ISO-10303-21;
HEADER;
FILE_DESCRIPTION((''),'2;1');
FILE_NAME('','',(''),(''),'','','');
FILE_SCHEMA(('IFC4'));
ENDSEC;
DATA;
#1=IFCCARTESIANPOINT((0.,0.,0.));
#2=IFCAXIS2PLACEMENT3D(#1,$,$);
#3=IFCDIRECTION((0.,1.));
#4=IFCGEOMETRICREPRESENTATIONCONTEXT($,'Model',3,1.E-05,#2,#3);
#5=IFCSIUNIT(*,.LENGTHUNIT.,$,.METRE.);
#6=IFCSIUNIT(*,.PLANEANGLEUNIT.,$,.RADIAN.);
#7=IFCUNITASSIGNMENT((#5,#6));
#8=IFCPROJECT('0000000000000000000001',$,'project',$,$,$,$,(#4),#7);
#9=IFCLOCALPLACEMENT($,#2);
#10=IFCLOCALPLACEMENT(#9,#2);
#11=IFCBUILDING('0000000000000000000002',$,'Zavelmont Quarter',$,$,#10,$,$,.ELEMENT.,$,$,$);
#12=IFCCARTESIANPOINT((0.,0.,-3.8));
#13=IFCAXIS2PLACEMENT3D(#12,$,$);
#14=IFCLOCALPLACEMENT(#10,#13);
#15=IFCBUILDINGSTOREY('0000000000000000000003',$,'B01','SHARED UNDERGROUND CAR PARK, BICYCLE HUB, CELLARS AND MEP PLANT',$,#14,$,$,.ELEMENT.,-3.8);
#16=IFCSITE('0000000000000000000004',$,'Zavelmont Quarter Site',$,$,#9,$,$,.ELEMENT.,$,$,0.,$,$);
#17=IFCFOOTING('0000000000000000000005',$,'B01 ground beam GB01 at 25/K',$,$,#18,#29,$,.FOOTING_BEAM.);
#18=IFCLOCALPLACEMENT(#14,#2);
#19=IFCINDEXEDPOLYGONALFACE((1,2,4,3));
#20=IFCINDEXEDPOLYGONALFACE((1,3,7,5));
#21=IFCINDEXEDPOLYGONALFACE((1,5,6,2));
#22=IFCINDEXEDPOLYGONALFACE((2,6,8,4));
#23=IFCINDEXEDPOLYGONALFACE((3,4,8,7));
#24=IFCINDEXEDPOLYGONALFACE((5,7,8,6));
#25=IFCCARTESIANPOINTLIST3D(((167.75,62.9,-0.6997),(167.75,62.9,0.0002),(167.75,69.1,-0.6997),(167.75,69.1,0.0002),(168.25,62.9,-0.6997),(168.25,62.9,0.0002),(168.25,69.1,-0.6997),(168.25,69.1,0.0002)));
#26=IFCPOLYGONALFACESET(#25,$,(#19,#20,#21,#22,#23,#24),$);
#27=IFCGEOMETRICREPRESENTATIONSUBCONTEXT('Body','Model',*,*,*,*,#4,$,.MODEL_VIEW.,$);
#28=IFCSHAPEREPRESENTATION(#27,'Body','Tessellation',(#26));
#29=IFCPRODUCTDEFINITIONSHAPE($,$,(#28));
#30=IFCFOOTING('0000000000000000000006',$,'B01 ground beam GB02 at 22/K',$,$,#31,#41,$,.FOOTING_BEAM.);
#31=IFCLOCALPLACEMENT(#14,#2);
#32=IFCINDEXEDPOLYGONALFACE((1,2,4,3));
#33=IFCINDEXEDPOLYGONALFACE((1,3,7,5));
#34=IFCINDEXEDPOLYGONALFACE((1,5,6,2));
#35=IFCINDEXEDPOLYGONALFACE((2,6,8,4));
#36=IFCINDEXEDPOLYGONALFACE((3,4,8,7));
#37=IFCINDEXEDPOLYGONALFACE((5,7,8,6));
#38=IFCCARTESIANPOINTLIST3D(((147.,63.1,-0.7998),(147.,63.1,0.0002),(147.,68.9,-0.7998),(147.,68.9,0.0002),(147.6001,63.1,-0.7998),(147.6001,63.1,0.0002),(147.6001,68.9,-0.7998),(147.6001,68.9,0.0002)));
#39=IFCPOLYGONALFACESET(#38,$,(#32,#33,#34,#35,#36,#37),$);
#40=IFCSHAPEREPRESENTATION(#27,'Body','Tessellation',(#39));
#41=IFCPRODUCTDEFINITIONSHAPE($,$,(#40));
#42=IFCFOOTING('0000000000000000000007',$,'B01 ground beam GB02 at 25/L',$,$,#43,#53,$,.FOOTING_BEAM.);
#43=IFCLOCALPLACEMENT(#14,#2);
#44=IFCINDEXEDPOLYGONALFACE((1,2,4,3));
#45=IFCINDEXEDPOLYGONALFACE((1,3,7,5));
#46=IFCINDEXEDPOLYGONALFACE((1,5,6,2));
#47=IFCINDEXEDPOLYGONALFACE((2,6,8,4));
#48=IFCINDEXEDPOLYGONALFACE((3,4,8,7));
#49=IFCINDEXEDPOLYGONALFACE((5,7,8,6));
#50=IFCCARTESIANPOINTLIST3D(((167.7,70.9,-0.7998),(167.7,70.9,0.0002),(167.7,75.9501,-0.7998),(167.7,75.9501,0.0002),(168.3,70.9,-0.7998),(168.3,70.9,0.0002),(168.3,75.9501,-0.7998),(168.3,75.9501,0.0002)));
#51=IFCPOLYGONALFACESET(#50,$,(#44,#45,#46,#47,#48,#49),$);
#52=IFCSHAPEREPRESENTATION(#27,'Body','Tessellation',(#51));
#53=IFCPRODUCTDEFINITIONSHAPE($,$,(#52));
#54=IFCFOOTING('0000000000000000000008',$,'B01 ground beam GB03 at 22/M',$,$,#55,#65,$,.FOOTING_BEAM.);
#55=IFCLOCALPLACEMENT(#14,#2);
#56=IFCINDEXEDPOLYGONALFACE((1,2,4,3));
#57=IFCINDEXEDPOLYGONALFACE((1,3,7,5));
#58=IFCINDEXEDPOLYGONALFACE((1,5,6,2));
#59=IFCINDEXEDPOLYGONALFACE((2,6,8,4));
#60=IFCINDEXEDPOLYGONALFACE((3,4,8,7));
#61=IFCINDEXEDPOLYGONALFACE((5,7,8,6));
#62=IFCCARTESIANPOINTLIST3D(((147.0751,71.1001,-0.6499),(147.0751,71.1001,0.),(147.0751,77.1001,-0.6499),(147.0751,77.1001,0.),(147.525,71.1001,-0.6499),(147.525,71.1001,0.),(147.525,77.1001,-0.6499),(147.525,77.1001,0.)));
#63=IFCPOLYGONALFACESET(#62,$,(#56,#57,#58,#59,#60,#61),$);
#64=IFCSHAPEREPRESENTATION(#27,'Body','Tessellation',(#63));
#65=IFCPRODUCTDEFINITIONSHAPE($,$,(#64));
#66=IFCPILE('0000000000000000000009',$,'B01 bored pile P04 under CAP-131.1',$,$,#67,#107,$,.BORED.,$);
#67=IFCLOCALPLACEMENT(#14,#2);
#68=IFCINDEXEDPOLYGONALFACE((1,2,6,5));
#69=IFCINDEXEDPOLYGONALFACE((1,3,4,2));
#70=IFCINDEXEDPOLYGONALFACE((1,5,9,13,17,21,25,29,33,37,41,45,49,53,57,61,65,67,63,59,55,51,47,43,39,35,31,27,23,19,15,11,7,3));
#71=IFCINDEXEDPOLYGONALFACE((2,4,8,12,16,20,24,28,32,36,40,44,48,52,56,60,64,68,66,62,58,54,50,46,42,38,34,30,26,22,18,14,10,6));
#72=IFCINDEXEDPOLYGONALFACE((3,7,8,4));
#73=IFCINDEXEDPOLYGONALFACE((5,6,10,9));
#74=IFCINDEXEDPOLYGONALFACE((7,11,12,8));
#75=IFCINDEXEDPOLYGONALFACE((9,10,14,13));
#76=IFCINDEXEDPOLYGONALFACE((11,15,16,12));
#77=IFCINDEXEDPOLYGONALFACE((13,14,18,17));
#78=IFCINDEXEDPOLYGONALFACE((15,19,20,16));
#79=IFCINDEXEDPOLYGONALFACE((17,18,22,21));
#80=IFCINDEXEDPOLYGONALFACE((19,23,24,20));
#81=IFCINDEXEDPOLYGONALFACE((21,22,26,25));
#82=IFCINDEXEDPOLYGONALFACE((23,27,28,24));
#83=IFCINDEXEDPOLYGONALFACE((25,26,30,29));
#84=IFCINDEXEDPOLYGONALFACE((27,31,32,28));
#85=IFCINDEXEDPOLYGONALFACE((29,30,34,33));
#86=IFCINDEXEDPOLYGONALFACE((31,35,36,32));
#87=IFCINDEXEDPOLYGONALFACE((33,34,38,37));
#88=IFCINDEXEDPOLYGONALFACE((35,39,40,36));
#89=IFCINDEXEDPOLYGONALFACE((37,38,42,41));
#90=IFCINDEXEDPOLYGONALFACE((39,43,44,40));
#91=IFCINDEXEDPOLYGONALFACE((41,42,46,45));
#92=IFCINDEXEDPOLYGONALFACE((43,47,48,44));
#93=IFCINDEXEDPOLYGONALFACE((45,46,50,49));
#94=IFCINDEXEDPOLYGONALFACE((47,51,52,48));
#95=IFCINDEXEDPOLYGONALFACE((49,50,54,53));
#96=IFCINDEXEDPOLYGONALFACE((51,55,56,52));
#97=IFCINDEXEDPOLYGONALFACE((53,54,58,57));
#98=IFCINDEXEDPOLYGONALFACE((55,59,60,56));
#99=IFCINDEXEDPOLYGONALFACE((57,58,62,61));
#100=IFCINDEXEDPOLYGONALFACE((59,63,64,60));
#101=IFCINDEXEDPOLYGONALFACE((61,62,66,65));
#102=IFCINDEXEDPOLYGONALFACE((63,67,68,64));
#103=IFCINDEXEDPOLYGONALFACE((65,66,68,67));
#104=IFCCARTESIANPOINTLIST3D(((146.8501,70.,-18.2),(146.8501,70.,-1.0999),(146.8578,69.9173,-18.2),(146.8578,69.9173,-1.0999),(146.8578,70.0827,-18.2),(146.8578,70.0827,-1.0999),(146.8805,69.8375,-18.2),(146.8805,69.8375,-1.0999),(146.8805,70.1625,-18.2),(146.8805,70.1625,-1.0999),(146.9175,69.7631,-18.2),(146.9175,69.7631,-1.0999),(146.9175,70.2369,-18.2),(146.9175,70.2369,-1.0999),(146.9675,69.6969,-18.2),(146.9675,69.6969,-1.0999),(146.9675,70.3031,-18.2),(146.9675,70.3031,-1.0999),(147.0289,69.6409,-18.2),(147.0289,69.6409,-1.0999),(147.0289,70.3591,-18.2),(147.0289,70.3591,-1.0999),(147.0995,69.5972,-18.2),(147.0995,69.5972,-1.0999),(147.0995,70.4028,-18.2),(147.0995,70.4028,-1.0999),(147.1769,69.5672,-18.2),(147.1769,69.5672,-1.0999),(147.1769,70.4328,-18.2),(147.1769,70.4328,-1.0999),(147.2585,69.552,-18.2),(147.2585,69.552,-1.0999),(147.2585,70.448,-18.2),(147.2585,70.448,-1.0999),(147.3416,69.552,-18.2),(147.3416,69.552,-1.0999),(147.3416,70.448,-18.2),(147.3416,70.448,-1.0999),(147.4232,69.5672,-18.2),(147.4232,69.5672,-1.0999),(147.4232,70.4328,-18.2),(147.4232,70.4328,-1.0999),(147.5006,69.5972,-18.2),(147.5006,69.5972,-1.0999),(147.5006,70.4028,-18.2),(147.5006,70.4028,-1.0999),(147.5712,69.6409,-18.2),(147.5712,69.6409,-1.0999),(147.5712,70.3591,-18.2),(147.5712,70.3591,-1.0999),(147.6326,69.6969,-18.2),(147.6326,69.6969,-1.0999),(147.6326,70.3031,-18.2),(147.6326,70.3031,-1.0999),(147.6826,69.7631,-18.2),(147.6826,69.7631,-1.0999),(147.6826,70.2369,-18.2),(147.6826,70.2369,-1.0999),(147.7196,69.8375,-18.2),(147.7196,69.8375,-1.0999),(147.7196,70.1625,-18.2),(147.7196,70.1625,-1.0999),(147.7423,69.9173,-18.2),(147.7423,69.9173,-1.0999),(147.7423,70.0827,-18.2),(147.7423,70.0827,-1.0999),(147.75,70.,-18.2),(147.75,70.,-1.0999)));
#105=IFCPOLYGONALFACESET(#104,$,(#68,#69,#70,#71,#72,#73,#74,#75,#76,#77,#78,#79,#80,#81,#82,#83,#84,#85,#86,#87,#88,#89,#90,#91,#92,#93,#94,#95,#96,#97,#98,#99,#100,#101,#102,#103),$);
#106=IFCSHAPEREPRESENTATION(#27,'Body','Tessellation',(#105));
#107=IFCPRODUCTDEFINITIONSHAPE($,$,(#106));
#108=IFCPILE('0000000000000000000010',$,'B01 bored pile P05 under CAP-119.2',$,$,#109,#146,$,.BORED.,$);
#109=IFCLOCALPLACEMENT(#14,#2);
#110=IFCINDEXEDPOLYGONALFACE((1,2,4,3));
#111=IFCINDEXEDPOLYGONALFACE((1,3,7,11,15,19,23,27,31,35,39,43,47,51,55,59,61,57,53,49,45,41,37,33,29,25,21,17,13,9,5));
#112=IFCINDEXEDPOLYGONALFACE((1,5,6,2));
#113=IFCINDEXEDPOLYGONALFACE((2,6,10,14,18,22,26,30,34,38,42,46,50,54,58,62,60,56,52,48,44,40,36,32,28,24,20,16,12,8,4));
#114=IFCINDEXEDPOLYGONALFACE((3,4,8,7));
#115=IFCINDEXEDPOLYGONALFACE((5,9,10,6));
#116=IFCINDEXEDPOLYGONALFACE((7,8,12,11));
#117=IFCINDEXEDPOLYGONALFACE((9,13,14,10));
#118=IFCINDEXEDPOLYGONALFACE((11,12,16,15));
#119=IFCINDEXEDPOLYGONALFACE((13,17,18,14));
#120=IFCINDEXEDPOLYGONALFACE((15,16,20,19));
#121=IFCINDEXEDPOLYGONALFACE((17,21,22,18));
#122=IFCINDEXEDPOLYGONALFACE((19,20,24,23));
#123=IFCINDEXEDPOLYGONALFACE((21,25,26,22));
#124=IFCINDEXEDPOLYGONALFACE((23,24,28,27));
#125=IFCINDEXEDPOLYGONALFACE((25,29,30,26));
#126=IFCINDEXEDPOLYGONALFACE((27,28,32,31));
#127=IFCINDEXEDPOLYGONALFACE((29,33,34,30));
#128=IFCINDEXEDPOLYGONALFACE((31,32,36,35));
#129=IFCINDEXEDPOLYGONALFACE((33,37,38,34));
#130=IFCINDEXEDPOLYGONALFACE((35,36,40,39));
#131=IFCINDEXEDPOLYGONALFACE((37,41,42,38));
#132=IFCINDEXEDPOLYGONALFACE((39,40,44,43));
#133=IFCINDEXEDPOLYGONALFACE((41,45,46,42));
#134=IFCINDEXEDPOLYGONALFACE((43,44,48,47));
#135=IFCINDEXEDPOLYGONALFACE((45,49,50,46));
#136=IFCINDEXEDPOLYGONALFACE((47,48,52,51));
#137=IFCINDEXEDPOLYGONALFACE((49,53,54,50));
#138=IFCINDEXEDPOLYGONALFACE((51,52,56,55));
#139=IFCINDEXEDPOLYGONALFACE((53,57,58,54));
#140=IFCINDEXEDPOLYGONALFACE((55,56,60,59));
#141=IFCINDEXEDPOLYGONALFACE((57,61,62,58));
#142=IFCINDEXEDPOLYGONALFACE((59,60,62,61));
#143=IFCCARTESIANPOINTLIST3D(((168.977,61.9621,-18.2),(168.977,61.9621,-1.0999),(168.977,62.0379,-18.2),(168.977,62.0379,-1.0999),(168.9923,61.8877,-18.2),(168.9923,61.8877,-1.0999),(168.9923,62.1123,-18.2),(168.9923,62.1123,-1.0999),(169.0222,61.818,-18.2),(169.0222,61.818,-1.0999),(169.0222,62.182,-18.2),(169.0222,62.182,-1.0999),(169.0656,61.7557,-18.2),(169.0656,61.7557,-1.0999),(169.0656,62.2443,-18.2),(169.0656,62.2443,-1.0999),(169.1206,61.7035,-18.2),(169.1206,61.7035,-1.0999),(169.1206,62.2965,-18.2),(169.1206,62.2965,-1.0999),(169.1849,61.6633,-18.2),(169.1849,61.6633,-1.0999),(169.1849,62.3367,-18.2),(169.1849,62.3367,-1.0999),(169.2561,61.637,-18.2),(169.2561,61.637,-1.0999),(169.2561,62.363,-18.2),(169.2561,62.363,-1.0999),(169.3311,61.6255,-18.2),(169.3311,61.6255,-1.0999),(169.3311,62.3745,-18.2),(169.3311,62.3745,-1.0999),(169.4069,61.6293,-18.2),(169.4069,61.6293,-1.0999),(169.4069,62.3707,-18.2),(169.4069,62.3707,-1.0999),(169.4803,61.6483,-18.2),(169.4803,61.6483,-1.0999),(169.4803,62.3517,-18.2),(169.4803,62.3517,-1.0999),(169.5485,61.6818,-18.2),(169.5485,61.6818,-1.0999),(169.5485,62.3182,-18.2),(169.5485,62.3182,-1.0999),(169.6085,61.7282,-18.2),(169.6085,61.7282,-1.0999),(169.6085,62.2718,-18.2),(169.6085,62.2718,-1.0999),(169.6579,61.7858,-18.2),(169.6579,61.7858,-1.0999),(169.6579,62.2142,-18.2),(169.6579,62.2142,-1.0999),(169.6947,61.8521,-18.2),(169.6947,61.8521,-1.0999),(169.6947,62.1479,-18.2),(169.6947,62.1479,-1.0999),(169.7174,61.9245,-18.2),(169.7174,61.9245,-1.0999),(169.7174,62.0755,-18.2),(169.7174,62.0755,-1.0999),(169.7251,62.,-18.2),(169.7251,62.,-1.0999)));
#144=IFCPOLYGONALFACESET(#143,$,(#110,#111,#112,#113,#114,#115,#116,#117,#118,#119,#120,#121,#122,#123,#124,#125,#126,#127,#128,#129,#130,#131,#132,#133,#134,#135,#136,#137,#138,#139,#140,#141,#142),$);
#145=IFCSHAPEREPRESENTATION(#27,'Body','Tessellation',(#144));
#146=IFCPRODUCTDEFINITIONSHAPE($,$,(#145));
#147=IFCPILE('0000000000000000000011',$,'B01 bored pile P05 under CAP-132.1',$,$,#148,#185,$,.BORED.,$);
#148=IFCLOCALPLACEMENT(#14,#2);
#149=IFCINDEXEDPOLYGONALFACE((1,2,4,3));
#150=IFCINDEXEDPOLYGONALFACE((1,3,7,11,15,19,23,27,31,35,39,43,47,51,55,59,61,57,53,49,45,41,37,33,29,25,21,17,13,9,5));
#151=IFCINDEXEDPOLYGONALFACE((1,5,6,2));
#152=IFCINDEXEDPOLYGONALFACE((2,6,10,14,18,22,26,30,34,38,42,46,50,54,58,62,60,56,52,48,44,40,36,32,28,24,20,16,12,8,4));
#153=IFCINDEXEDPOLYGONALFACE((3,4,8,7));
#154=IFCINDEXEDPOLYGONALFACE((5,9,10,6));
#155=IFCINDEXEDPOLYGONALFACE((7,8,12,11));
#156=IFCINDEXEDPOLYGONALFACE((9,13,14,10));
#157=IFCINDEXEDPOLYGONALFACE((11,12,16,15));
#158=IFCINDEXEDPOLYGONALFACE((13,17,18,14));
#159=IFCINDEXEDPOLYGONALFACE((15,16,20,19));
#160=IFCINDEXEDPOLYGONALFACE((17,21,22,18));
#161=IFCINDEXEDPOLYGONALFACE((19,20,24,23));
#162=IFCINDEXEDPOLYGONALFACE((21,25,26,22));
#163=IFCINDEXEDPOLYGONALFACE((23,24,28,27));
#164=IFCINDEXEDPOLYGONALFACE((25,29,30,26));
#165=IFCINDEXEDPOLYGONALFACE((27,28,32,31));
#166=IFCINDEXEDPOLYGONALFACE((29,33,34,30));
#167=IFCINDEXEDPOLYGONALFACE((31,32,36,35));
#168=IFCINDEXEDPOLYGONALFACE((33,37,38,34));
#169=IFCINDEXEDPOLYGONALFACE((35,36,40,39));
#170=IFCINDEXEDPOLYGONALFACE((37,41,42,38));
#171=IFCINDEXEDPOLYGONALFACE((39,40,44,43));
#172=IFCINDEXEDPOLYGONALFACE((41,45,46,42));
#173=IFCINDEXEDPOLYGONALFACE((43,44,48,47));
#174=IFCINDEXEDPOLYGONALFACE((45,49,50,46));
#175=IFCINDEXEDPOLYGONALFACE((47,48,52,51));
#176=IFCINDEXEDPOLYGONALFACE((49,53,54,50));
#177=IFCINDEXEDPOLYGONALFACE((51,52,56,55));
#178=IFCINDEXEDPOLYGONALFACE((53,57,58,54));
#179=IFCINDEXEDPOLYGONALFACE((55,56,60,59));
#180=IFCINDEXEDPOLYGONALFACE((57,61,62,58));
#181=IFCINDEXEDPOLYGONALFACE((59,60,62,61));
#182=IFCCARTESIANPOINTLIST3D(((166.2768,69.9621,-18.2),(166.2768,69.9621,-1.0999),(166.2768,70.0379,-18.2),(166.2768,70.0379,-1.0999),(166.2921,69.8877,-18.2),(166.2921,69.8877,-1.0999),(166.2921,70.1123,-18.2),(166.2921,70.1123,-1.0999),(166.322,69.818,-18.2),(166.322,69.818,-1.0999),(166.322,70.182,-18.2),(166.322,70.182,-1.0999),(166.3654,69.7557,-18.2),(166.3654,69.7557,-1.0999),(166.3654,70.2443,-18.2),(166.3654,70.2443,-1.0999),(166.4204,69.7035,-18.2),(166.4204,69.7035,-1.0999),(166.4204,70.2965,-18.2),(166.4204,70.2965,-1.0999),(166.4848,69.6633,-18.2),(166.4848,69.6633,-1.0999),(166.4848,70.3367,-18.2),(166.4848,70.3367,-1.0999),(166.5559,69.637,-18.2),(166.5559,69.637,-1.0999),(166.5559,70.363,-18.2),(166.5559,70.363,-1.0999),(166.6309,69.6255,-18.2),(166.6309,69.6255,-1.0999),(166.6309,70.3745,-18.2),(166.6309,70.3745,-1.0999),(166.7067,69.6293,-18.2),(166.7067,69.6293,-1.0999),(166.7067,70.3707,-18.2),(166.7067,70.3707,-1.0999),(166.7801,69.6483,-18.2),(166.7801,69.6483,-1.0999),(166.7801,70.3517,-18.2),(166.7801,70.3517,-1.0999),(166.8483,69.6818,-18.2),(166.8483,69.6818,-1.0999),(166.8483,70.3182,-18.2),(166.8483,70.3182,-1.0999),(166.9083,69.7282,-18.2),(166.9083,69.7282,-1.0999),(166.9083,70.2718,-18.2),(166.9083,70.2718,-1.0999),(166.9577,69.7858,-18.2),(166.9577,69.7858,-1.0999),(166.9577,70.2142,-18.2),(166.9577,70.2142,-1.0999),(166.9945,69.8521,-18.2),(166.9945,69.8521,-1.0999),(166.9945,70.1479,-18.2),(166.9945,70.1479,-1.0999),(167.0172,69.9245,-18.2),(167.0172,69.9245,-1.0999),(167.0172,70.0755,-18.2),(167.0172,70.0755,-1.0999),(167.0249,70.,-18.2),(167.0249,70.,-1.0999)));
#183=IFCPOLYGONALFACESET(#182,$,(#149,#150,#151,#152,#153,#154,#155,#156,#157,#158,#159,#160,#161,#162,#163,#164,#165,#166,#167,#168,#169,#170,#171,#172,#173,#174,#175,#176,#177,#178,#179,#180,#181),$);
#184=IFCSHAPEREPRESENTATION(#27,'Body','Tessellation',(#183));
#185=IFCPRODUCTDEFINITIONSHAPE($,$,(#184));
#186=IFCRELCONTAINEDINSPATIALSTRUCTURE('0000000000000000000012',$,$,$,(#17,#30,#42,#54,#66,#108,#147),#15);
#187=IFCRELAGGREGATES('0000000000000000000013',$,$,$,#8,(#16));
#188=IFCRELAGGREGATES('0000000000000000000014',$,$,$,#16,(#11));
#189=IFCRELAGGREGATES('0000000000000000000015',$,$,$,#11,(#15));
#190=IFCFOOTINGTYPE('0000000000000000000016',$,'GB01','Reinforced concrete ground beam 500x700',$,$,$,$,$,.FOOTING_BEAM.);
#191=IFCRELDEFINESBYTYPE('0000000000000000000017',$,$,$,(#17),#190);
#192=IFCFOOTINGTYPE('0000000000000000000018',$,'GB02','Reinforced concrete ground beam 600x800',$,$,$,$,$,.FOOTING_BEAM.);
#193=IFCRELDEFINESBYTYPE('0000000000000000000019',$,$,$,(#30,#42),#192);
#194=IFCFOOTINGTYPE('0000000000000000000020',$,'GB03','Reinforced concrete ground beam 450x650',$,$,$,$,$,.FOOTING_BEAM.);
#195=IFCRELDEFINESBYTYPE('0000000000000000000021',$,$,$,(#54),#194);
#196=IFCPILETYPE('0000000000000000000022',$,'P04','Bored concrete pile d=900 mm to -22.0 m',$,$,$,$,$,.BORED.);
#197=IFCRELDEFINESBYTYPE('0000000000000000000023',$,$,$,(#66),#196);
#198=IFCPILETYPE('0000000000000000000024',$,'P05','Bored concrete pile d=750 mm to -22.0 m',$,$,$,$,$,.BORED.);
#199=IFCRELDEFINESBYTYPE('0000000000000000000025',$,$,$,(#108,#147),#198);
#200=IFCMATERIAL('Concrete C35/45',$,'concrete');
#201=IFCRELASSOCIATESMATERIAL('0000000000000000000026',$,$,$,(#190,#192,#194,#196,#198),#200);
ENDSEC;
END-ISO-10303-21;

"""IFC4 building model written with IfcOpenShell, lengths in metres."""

from ifc_helpers import new_model, si_unit, direction, frame, origin, origin_2d, place, context, subcontext, project, spatial, rectangle, circle, extrude, material, material_profile, profile_set, type_object, element, save


model = new_model("IFC4")

# Units and contexts
model_context = context("Model", 3, precision=1e-05, world=origin(), true_north=direction((0.0, 1.0)))
body_context = subcontext(model_context, "Body", "Model", "MODEL_VIEW")
ifc_project = project(units=[si_unit("LENGTHUNIT", "METRE"), si_unit("PLANEANGLEUNIT", "RADIAN")], contexts=[model_context])

# Site, building, storey
site_placement = place(None, origin())
site = spatial("IfcSite", under=ifc_project, at=site_placement, Name="Zavelmont Quarter Site", CompositionType="ELEMENT", RefElevation=0.0)
building_placement = place(site_placement, origin())
building = spatial("IfcBuilding", under=site, at=building_placement, Name="Zavelmont Quarter", CompositionType="ELEMENT")
storey_placement = place(building_placement, frame((0.0, 0.0, -3.8)))
storey = spatial("IfcBuildingStorey", under=building, at=storey_placement, Name="B01", Description="SHARED UNDERGROUND CAR PARK, BICYCLE HUB, CELLARS AND MEP PLANT", CompositionType="ELEMENT", Elevation=-3.8)

# Footings
ifc_material_1 = material(Name="Concrete C35/45", Category="concrete")
footing_type_1 = type_object("IfcFootingType", Name="GB01", Description="Reinforced concrete ground beam 500x700", PredefinedType="FOOTING_BEAM", material=ifc_material_1)
footing_1_placement = place(storey_placement, frame((168.0, 66.0, -0.6997), z_axis=(0.0, 0.0, 1.0), x_axis=(0.0, 1.0, 0.0)))
element("IfcFooting", 1, at=footing_1_placement, inside=storey, type_object=footing_type_1, Name="B01 ground beam GB01 at 25/K", PredefinedType="FOOTING_BEAM", context=body_context, shape_type="SweptSolid", body=[
    extrude(rectangle(XDim=6.2, YDim=0.5, at=origin_2d()), origin(), (0.0, 0.0, 1.0), 0.7),
])
footing_type_2 = type_object("IfcFootingType", Name="GB02", Description="Reinforced concrete ground beam 600x800", PredefinedType="FOOTING_BEAM", material=ifc_material_1)
footing_2_placement = place(storey_placement, frame((147.3, 66.0, -0.7998), z_axis=(0.0, 0.0, 1.0), x_axis=(0.0, 1.0, 0.0)))
element("IfcFooting", 2, at=footing_2_placement, inside=storey, type_object=footing_type_2, Name="B01 ground beam GB02 at 22/K", PredefinedType="FOOTING_BEAM", context=body_context, shape_type="SweptSolid", body=[
    extrude(rectangle(XDim=5.8, YDim=0.6001, at=origin_2d()), origin(), (0.0, 0.0, 1.0), 0.8),
])
footing_3_placement = place(storey_placement, frame((168.0, 73.425, -0.7998), z_axis=(0.0, 0.0, 1.0), x_axis=(0.0, 1.0, 0.0)))
element("IfcFooting", 3, at=footing_3_placement, inside=storey, type_object=footing_type_2, Name="B01 ground beam GB02 at 25/L", PredefinedType="FOOTING_BEAM", context=body_context, shape_type="SweptSolid", body=[
    extrude(rectangle(XDim=5.05, YDim=0.6001, at=origin_2d()), origin(), (0.0, 0.0, 1.0), 0.8),
])
footing_type_3 = type_object("IfcFootingType", Name="GB03", Description="Reinforced concrete ground beam 450x650", PredefinedType="FOOTING_BEAM", material=ifc_material_1)
footing_4_placement = place(storey_placement, frame((147.3, 74.1001, -0.6499), z_axis=(0.0, 0.0, 1.0), x_axis=(0.0, 1.0, 0.0)))
element("IfcFooting", 4, at=footing_4_placement, inside=storey, type_object=footing_type_3, Name="B01 ground beam GB03 at 22/M", PredefinedType="FOOTING_BEAM", context=body_context, shape_type="SweptSolid", body=[
    extrude(rectangle(XDim=6.0, YDim=0.45, at=origin_2d()), origin(), (0.0, 0.0, 1.0), 0.6499),
])

# Piles
ifc_material_profile_1 = material_profile(ifc_material_1, circle(Radius=0.45, at=origin_2d()), Name="BP900")
ifc_profile_set_1 = profile_set([ifc_material_profile_1], Name="Concrete C35/45")
pile_type_1 = type_object("IfcPileType", Name="P04", Description="Bored concrete pile d=900 mm to -22.0 m", PredefinedType="BORED", material=ifc_profile_set_1)
pile_placement = place(storey_placement, frame((147.3, 70.0, -1.0999), z_axis=(0.0, 0.0, -1.0), x_axis=(1.0, 0.0, 0.0)))
element("IfcPile", 5, at=pile_placement, inside=storey, type_object=pile_type_1, Name="B01 bored pile P04 under CAP-131.1", PredefinedType="BORED", context=body_context, shape_type="SweptSolid", body=[
    extrude(circle(Radius=0.45, at=origin_2d()), origin(), (0.0, 0.0, 1.0), 17.1001),
])
ifc_material_profile_2 = material_profile(ifc_material_1, circle(Radius=0.375, at=origin_2d()), Name="BP750")
ifc_profile_set_2 = profile_set([ifc_material_profile_2], Name="Concrete C35/45")
pile_type_2 = type_object("IfcPileType", Name="P05", Description="Bored concrete pile d=750 mm to -22.0 m", PredefinedType="BORED", material=ifc_profile_set_2)
for number, where, z_axis, x_axis, name in (
    (6, (169.3501, 62.0, -1.0999), (0.0, 0.0, -1.0), (1.0, 0.0, 0.0), "B01 bored pile P05 under CAP-119.2"),
    (7, (166.6499, 70.0, -1.0999), (0.0, 0.0, -1.0), (1.0, 0.0, 0.0), "B01 bored pile P05 under CAP-132.1"),
):
    element("IfcPile", number, at=place(storey_placement, frame(where, z_axis=z_axis, x_axis=x_axis)), inside=storey, type_object=pile_type_2, Name=name, PredefinedType="BORED", context=body_context, shape_type="SweptSolid", body=[
        extrude(circle(Radius=0.375, at=origin_2d()), origin(), (0.0, 0.0, 1.0), 17.1001),
    ])

save(model, "model.ifc")
